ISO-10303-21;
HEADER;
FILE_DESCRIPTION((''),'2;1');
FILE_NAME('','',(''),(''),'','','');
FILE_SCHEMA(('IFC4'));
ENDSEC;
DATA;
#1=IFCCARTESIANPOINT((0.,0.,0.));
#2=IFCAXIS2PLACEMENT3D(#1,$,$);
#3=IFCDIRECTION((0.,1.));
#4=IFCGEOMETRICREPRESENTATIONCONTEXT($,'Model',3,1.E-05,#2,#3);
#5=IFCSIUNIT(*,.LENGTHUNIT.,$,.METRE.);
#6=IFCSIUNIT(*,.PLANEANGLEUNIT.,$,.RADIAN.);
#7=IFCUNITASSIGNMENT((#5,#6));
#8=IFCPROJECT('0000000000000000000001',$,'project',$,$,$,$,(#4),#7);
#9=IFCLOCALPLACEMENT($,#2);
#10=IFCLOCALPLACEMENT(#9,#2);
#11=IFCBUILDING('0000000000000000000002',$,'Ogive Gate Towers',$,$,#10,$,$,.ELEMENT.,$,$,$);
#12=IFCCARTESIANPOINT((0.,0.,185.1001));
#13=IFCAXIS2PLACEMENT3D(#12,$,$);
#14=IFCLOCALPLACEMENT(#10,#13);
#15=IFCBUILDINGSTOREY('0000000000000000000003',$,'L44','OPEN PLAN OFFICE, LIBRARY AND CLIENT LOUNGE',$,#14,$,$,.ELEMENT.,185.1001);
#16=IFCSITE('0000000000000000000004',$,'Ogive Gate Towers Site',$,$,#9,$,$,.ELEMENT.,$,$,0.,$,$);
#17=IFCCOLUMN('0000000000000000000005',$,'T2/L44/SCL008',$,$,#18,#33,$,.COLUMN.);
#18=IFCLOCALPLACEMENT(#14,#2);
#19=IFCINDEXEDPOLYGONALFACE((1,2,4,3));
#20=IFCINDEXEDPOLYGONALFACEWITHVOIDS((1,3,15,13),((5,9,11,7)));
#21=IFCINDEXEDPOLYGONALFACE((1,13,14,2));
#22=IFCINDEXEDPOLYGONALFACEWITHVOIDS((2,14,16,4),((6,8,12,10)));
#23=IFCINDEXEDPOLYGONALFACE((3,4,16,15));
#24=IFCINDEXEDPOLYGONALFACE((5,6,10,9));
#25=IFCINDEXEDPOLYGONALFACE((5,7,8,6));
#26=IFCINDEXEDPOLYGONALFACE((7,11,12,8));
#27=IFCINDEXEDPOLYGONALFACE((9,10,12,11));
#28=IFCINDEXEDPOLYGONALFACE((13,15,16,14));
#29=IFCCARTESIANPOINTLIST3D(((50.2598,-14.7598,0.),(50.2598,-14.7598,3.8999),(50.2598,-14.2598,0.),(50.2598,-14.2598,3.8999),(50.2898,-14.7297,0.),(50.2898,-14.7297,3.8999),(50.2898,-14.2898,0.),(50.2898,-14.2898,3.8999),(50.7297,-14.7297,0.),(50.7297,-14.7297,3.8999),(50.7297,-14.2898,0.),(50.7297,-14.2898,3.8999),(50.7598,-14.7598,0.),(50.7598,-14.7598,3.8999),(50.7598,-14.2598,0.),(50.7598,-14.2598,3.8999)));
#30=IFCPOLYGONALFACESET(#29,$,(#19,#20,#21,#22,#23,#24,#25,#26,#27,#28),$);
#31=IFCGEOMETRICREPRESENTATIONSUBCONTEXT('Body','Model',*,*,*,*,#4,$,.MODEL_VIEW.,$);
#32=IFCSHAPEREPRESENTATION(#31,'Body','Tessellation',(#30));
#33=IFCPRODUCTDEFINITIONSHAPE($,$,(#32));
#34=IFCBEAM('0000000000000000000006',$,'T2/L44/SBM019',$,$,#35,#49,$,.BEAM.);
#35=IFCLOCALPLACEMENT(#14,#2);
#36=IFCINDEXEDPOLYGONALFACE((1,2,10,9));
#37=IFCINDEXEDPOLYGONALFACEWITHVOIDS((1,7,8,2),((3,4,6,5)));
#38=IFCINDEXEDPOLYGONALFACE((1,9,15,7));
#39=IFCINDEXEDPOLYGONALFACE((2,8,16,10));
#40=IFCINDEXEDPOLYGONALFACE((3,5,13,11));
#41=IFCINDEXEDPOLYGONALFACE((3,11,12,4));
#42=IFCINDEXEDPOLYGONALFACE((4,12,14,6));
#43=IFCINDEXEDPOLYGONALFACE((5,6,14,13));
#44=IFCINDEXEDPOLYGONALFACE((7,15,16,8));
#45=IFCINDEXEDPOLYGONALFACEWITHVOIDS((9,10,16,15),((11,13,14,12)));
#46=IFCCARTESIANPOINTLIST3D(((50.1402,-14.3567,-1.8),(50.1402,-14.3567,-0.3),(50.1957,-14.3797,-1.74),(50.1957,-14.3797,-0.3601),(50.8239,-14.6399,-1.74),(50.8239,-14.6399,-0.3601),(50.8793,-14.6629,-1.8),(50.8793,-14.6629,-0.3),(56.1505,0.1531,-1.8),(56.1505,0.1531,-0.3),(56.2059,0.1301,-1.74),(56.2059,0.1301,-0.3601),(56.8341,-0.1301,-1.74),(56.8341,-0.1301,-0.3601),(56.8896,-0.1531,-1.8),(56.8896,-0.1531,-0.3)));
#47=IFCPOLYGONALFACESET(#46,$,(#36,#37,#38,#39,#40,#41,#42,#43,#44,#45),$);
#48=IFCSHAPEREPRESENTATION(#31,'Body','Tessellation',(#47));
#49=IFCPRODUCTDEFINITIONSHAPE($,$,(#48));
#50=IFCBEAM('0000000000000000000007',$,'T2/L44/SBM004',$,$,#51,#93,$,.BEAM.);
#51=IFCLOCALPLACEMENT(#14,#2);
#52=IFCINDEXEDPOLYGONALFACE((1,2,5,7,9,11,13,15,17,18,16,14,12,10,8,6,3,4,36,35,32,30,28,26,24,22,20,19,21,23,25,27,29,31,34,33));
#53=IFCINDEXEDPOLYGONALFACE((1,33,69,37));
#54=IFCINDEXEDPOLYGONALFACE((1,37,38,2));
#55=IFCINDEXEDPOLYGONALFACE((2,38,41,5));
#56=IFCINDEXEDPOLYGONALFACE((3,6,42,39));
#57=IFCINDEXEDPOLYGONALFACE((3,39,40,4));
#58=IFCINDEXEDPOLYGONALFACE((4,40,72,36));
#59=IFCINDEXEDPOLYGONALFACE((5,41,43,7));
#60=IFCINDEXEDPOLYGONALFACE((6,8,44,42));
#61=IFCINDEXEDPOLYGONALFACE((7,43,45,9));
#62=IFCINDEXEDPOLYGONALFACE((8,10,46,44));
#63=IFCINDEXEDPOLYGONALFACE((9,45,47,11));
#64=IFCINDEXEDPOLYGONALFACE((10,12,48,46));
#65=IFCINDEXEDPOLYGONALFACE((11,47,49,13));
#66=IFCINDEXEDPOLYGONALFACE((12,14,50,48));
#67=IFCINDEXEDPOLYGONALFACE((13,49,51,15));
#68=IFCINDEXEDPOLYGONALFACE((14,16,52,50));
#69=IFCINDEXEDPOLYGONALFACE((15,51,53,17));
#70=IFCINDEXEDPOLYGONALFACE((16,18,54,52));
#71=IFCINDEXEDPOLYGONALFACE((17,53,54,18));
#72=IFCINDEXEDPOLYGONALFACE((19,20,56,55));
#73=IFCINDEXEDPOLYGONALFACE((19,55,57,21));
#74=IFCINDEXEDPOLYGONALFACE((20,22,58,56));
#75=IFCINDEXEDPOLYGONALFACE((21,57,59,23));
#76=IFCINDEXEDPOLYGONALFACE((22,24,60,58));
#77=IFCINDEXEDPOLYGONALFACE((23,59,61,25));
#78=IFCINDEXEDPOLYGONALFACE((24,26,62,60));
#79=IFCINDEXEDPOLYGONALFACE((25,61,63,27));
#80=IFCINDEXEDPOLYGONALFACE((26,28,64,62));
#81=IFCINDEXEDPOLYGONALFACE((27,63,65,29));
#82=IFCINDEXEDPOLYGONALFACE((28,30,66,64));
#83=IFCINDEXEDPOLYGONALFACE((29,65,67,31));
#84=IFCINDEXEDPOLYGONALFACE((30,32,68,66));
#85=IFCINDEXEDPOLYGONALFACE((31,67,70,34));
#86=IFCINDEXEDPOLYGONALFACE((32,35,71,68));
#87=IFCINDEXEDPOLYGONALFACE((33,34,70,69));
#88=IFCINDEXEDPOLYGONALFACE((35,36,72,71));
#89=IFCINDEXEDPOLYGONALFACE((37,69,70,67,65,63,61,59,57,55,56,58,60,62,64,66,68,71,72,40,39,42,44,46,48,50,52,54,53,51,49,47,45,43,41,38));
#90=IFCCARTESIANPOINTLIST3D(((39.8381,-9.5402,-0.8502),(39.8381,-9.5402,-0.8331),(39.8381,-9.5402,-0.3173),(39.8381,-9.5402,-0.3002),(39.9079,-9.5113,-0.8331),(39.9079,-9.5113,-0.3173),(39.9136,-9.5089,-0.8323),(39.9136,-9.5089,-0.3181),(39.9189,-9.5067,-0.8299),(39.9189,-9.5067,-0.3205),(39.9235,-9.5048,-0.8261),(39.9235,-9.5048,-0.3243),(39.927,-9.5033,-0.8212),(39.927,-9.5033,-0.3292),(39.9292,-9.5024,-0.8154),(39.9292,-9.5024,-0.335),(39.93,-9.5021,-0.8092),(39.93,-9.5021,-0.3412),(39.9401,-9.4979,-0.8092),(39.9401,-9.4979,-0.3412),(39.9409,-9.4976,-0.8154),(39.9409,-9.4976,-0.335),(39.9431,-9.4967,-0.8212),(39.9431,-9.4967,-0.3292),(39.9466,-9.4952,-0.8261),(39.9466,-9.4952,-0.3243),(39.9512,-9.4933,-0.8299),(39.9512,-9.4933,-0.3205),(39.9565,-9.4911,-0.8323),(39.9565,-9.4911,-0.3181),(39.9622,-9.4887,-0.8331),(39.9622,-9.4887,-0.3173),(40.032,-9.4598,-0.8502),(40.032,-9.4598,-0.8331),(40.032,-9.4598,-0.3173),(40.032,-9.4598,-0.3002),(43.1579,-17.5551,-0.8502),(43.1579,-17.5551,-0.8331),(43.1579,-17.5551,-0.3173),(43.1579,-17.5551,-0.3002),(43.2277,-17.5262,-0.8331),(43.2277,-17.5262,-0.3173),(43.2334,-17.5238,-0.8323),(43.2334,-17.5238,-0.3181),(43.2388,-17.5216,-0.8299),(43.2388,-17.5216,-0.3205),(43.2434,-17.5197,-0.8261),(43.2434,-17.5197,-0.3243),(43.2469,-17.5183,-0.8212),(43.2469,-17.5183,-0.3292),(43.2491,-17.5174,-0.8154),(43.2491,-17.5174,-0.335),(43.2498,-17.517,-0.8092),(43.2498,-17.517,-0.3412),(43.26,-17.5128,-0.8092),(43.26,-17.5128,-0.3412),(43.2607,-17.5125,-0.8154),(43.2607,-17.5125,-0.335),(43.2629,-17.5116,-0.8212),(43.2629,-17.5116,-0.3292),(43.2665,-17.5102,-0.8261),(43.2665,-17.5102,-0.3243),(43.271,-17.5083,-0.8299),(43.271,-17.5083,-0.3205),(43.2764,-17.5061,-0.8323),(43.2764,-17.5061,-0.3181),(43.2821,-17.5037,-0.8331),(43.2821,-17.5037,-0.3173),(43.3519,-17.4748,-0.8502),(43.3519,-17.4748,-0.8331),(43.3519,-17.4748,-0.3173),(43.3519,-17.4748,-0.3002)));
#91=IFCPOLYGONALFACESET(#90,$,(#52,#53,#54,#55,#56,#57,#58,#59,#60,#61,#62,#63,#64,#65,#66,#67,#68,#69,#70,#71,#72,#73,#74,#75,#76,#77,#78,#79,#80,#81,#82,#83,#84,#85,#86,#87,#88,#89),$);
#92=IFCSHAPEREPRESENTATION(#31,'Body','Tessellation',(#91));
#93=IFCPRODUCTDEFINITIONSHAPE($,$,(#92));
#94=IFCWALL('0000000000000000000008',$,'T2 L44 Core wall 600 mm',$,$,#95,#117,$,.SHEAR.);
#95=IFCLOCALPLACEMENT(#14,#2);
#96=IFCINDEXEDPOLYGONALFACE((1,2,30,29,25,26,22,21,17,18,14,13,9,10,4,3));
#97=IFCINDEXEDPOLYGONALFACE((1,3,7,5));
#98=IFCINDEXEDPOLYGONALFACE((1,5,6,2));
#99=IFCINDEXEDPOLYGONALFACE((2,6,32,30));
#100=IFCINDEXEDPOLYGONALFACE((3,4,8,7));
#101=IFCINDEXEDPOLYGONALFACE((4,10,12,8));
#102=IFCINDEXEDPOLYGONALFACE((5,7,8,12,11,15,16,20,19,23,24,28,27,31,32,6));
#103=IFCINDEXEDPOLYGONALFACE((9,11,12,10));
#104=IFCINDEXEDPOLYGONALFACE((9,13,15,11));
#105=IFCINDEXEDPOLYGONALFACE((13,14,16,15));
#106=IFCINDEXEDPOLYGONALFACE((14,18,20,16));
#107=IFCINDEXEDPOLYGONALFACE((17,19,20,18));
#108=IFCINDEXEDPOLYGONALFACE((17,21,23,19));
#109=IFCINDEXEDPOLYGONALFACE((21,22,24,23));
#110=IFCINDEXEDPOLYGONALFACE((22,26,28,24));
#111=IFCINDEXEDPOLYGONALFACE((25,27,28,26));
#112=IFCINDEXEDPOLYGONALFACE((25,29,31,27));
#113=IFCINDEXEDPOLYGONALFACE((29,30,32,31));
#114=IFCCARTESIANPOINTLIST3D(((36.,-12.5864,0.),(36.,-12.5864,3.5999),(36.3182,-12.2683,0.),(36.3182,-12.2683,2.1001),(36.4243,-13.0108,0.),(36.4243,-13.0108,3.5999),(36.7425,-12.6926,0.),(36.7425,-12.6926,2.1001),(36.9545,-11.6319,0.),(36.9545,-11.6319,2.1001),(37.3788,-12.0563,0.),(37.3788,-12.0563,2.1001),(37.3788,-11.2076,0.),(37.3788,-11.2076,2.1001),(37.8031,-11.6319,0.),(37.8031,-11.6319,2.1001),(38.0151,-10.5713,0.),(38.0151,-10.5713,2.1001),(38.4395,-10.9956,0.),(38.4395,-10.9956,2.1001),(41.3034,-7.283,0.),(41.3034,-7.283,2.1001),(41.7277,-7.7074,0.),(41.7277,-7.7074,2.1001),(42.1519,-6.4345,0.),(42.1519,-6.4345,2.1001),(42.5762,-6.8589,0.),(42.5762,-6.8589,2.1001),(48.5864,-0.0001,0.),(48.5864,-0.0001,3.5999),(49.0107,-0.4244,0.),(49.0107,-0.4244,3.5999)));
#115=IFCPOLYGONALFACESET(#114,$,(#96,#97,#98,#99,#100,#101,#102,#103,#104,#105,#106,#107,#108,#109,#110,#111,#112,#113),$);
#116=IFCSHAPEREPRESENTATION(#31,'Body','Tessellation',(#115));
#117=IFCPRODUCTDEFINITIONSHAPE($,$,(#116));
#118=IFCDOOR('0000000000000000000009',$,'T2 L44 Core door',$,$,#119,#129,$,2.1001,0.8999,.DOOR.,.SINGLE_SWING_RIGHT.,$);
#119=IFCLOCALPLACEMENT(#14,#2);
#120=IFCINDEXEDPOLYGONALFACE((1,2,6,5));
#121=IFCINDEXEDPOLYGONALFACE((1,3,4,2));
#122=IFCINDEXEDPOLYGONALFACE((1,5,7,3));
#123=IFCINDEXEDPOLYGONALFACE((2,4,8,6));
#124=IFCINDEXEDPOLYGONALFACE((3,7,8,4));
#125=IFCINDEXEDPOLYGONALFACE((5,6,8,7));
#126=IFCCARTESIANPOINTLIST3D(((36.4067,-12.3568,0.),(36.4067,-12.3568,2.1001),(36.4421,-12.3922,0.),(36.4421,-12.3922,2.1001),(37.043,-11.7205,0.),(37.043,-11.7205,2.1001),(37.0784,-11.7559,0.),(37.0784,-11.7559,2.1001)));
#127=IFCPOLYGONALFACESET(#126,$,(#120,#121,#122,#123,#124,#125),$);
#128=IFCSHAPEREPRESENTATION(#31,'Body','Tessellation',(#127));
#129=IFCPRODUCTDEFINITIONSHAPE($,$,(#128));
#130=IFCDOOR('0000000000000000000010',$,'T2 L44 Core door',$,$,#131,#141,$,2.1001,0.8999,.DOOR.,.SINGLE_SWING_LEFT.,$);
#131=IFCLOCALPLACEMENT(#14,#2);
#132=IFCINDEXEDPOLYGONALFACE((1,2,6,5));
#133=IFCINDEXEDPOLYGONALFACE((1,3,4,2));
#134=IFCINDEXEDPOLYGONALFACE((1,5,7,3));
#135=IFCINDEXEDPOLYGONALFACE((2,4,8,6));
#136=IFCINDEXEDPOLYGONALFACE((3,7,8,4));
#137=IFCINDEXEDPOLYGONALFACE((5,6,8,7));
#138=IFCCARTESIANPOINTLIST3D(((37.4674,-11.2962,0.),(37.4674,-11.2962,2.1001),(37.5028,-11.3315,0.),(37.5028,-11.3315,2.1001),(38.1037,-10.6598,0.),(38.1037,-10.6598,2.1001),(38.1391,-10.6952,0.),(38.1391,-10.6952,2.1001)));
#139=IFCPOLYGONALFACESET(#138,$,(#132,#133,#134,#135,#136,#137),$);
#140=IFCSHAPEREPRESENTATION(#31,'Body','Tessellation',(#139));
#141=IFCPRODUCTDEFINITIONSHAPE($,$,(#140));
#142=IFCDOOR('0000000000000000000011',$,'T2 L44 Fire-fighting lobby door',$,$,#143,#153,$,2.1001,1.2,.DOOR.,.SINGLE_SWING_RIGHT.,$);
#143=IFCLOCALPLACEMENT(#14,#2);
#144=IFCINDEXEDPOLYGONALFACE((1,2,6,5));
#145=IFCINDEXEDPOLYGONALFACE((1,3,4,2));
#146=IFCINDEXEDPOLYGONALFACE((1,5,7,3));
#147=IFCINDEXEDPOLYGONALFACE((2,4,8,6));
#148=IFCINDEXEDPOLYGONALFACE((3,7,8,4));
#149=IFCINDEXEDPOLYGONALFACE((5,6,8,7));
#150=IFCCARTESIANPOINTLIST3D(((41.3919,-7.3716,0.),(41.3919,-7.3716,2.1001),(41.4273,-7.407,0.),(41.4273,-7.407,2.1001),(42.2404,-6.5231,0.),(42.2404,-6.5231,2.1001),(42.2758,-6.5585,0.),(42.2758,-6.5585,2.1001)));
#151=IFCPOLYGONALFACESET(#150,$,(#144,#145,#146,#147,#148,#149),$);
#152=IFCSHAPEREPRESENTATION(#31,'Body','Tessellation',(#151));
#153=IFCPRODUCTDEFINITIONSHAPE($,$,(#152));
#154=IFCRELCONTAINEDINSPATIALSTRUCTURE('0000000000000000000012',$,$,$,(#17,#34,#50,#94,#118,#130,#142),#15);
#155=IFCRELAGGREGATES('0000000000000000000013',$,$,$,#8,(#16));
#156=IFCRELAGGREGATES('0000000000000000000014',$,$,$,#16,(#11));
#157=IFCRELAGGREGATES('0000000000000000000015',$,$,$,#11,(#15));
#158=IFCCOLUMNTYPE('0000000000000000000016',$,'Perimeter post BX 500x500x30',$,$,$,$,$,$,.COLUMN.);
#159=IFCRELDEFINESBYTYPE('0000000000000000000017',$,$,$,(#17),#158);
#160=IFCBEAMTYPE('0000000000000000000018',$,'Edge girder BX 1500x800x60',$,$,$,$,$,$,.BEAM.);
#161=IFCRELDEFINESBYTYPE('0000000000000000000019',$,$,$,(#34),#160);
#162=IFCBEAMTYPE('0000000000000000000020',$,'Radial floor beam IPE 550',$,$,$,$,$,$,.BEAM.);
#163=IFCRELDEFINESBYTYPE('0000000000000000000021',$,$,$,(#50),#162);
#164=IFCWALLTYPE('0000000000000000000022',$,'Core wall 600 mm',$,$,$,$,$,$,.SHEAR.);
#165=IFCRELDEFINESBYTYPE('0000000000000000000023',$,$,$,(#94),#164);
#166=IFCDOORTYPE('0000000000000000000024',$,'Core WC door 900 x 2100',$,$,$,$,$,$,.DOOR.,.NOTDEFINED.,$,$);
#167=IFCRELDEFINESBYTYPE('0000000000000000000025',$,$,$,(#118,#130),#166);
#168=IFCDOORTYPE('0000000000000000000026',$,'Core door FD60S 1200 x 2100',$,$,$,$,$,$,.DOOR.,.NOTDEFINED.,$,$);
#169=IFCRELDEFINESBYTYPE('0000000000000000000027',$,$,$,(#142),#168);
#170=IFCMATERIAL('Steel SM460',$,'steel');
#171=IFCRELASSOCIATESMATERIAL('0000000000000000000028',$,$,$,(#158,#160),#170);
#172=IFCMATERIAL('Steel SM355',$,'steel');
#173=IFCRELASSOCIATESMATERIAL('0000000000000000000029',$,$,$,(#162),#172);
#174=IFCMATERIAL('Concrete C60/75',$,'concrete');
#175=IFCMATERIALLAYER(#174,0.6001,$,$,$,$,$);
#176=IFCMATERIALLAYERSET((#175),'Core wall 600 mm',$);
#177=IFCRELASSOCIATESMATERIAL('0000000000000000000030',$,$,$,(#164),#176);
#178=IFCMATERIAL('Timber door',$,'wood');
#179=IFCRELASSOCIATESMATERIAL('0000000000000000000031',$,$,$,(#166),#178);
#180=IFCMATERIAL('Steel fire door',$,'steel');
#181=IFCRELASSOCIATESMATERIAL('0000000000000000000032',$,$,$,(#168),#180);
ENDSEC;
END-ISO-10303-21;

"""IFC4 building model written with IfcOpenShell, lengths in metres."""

from ifc_helpers import new_model, si_unit, direction, frame, frame_2d, origin, origin_2d, place, context, subcontext, project, spatial, rectangle, hollow_rectangle, i_section, extrude, material, layer, layer_set, material_profile, profile_set, type_object, element, fill, save


model = new_model("IFC4")

# Units and contexts
model_context = context("Model", 3, precision=1e-05, world=origin(), true_north=direction((0.0, 1.0)))
body_context = subcontext(model_context, "Body", "Model", "MODEL_VIEW")
ifc_project = project(units=[si_unit("LENGTHUNIT", "METRE"), si_unit("PLANEANGLEUNIT", "RADIAN")], contexts=[model_context])

# Site, building, storey
site_placement = place(None, origin())
site = spatial("IfcSite", under=ifc_project, at=site_placement, Name="Ogive Gate Towers Site", CompositionType="ELEMENT", RefElevation=0.0)
building_placement = place(site_placement, origin())
building = spatial("IfcBuilding", under=site, at=building_placement, Name="Ogive Gate Towers", CompositionType="ELEMENT")
storey_placement = place(building_placement, frame((0.0, 0.0, 185.1001)))
storey = spatial("IfcBuildingStorey", under=building, at=storey_placement, Name="L44", Description="OPEN PLAN OFFICE, LIBRARY AND CLIENT LOUNGE", CompositionType="ELEMENT", Elevation=185.1001)

# Column
ifc_material_1 = material(Name="Steel SM460", Category="steel")
ifc_material_profile_1 = material_profile(ifc_material_1, hollow_rectangle(XDim=0.5, YDim=0.5, WallThickness=0.03, at=origin_2d()), Name="BX 500x500x30")
ifc_profile_set_1 = profile_set([ifc_material_profile_1], Name="Steel SM460")
column_type = type_object("IfcColumnType", Name="Perimeter post BX 500x500x30", PredefinedType="COLUMN", material=ifc_profile_set_1)
column_placement = place(storey_placement, frame((50.5098, -14.5098, 0.0), z_axis=(0.0, 0.0, 1.0), x_axis=(1.0, 0.0, 0.0)))
element("IfcColumn", 1, at=column_placement, inside=storey, type_object=column_type, Name="T2/L44/SCL008", PredefinedType="COLUMN", context=body_context, shape_type="SweptSolid", body=[
    extrude(hollow_rectangle(XDim=0.5, YDim=0.5, WallThickness=0.03, at=origin_2d()), origin(), (0.0, 0.0, 1.0), 3.8999),
])

# Beams
ifc_material_profile_2 = material_profile(ifc_material_1, hollow_rectangle(XDim=0.8, YDim=1.5, WallThickness=0.0601, at=origin_2d()), Name="BX 1500x800x60")
ifc_profile_set_2 = profile_set([ifc_material_profile_2], Name="Steel SM460")
beam_type_1 = type_object("IfcBeamType", Name="Edge girder BX 1500x800x60", PredefinedType="BEAM", material=ifc_profile_set_2)
beam_1_placement = place(storey_placement, frame((50.5098, -14.5098, -1.05), z_axis=(0.38269, 0.923877, 0.0), x_axis=(-0.923877, 0.38269, 0.0)))
element("IfcBeam", 2, at=beam_1_placement, inside=storey, type_object=beam_type_1, Name="T2/L44/SBM019", PredefinedType="BEAM", context=body_context, shape_type="SweptSolid", body=[
    extrude(hollow_rectangle(XDim=0.8, YDim=1.5, WallThickness=0.0601, at=origin_2d()), origin(), (0.0, 0.0, 1.0), 15.7053),
])
ifc_material_2 = material(Name="Steel SM355", Category="steel")
ifc_material_profile_3 = material_profile(ifc_material_2, i_section(OverallWidth=0.21, OverallDepth=0.55, WebThickness=0.011, FlangeThickness=0.0171, FilletRadius=0.0239, at=origin_2d()), Name="IPE 550")
ifc_profile_set_3 = profile_set([ifc_material_profile_3], Name="Steel SM355")
beam_type_2 = type_object("IfcBeamType", Name="Radial floor beam IPE 550", PredefinedType="BEAM", material=ifc_profile_set_3)
beam_2_placement = place(storey_placement, frame((39.9351, -9.5, -0.5752), z_axis=(0.382678, -0.923882, 0.0), x_axis=(0.923882, 0.382678, 0.0)))
element("IfcBeam", 3, at=beam_2_placement, inside=storey, type_object=beam_type_2, Name="T2/L44/SBM004", PredefinedType="BEAM", context=body_context, shape_type="SweptSolid", body=[
    extrude(i_section(OverallWidth=0.21, OverallDepth=0.55, WebThickness=0.011, FlangeThickness=0.0171, FilletRadius=0.0239, at=origin_2d()), origin(), (0.0, 0.0, 1.0), 8.6753),
])

# Wall, openings, doors
ifc_material_3 = material(Name="Concrete C60/75", Category="concrete")
ifc_layer_1 = layer(ifc_material_3, 0.6001)
ifc_layer_set_1 = layer_set([ifc_layer_1], Name="Core wall 600 mm")
wall_type_1 = type_object("IfcWallType", Name="Core wall 600 mm", PredefinedType="SHEAR", material=ifc_layer_set_1)
wall_1_placement = place(storey_placement, frame((36.2122, -12.7986, 0.0), z_axis=(0.0, 0.0, 1.0), x_axis=(0.707107, 0.707107, 0.0)))
wall_1 = element("IfcWall", 4, at=wall_1_placement, inside=storey, type_object=wall_type_1, Name="T2 L44 Core wall 600 mm", PredefinedType="SHEAR", context=body_context, shape_type="SweptSolid", body=[
    extrude(rectangle(XDim=17.7998, YDim=0.6001, at=frame_2d((8.8999, 0.0))), origin(), (0.0, 0.0, 1.0), 3.5999),
])
opening_1_placement = place(wall_1_placement, frame((7.5, 0.0, 0.0)))
opening_1 = element("IfcOpeningElement", 5, at=opening_1_placement, cuts=wall_1, PredefinedType="OPENING", context=body_context, shape_type="SweptSolid", body=[
    extrude(rectangle(XDim=1.2, YDim=2.1001, at=frame_2d((0.6001, 1.05))), frame((0.0, 0.3101, 0.0), z_axis=(0.0, -1.0, 0.0), x_axis=(1.0, 0.0, 0.0)), (0.0, 0.0, 1.0), 0.6201),
])
opening_2_placement = place(wall_1_placement, frame((0.45, 0.0, 0.0)))
opening_2 = element("IfcOpeningElement", 6, at=opening_2_placement, cuts=wall_1, PredefinedType="OPENING", context=body_context, shape_type="SweptSolid", body=[
    extrude(rectangle(XDim=0.8999, YDim=2.1001, at=frame_2d((0.45, 1.05))), frame((0.0, 0.3101, 0.0), z_axis=(0.0, -1.0, 0.0), x_axis=(1.0, 0.0, 0.0)), (0.0, 0.0, 1.0), 0.6201),
])
opening_3_placement = place(wall_1_placement, frame((1.95, 0.0, 0.0)))
opening_3 = element("IfcOpeningElement", 7, at=opening_3_placement, cuts=wall_1, PredefinedType="OPENING", context=body_context, shape_type="SweptSolid", body=[
    extrude(rectangle(XDim=0.8999, YDim=2.1001, at=frame_2d((0.45, 1.05))), frame((0.0, 0.3101, 0.0), z_axis=(0.0, -1.0, 0.0), x_axis=(1.0, 0.0, 0.0)), (0.0, 0.0, 1.0), 0.6201),
])
ifc_material_4 = material(Name="Timber door", Category="wood")
door_type_1 = type_object("IfcDoorType", Name="Core WC door 900 x 2100", OperationType="NOTDEFINED", PredefinedType="DOOR", material=ifc_material_4)
door_1_placement = place(opening_2_placement, origin())
door_1 = element("IfcDoor", 8, at=door_1_placement, inside=storey, type_object=door_type_1, Name="T2 L44 Core door", OperationType="SINGLE_SWING_RIGHT", OverallHeight=2.1001, OverallWidth=0.8999, PredefinedType="DOOR", context=body_context, shape_type="SweptSolid", body=[
    extrude(rectangle(XDim=0.8999, YDim=2.1001, at=frame_2d((0.45, 1.05))), frame((0.0, 0.1748, 0.0), z_axis=(0.0, -1.0, 0.0), x_axis=(1.0, 0.0, 0.0)), (0.0, 0.0, 1.0), 0.05),
])
fill(opening_2, door_1)
door_2_placement = place(opening_3_placement, origin())
door_2 = element("IfcDoor", 9, at=door_2_placement, inside=storey, type_object=door_type_1, Name="T2 L44 Core door", OperationType="SINGLE_SWING_LEFT", OverallHeight=2.1001, OverallWidth=0.8999, PredefinedType="DOOR", context=body_context, shape_type="SweptSolid", body=[
    extrude(rectangle(XDim=0.8999, YDim=2.1001, at=frame_2d((0.45, 1.05))), frame((0.0, 0.1748, 0.0), z_axis=(0.0, -1.0, 0.0), x_axis=(1.0, 0.0, 0.0)), (0.0, 0.0, 1.0), 0.05),
])
fill(opening_3, door_2)
ifc_material_5 = material(Name="Steel fire door", Category="steel")
door_type_2 = type_object("IfcDoorType", Name="Core door FD60S 1200 x 2100", OperationType="NOTDEFINED", PredefinedType="DOOR", material=ifc_material_5)
door_3_placement = place(opening_1_placement, origin())
door_3 = element("IfcDoor", 10, at=door_3_placement, inside=storey, type_object=door_type_2, Name="T2 L44 Fire-fighting lobby door", OperationType="SINGLE_SWING_RIGHT", OverallHeight=2.1001, OverallWidth=1.2, PredefinedType="DOOR", context=body_context, shape_type="SweptSolid", body=[
    extrude(rectangle(XDim=1.2, YDim=2.1001, at=frame_2d((0.6001, 1.05))), frame((0.0, 0.1748, 0.0), z_axis=(0.0, -1.0, 0.0), x_axis=(1.0, 0.0, 0.0)), (0.0, 0.0, 1.0), 0.05),
])
fill(opening_1, door_3)

save(model, "model.ifc")
